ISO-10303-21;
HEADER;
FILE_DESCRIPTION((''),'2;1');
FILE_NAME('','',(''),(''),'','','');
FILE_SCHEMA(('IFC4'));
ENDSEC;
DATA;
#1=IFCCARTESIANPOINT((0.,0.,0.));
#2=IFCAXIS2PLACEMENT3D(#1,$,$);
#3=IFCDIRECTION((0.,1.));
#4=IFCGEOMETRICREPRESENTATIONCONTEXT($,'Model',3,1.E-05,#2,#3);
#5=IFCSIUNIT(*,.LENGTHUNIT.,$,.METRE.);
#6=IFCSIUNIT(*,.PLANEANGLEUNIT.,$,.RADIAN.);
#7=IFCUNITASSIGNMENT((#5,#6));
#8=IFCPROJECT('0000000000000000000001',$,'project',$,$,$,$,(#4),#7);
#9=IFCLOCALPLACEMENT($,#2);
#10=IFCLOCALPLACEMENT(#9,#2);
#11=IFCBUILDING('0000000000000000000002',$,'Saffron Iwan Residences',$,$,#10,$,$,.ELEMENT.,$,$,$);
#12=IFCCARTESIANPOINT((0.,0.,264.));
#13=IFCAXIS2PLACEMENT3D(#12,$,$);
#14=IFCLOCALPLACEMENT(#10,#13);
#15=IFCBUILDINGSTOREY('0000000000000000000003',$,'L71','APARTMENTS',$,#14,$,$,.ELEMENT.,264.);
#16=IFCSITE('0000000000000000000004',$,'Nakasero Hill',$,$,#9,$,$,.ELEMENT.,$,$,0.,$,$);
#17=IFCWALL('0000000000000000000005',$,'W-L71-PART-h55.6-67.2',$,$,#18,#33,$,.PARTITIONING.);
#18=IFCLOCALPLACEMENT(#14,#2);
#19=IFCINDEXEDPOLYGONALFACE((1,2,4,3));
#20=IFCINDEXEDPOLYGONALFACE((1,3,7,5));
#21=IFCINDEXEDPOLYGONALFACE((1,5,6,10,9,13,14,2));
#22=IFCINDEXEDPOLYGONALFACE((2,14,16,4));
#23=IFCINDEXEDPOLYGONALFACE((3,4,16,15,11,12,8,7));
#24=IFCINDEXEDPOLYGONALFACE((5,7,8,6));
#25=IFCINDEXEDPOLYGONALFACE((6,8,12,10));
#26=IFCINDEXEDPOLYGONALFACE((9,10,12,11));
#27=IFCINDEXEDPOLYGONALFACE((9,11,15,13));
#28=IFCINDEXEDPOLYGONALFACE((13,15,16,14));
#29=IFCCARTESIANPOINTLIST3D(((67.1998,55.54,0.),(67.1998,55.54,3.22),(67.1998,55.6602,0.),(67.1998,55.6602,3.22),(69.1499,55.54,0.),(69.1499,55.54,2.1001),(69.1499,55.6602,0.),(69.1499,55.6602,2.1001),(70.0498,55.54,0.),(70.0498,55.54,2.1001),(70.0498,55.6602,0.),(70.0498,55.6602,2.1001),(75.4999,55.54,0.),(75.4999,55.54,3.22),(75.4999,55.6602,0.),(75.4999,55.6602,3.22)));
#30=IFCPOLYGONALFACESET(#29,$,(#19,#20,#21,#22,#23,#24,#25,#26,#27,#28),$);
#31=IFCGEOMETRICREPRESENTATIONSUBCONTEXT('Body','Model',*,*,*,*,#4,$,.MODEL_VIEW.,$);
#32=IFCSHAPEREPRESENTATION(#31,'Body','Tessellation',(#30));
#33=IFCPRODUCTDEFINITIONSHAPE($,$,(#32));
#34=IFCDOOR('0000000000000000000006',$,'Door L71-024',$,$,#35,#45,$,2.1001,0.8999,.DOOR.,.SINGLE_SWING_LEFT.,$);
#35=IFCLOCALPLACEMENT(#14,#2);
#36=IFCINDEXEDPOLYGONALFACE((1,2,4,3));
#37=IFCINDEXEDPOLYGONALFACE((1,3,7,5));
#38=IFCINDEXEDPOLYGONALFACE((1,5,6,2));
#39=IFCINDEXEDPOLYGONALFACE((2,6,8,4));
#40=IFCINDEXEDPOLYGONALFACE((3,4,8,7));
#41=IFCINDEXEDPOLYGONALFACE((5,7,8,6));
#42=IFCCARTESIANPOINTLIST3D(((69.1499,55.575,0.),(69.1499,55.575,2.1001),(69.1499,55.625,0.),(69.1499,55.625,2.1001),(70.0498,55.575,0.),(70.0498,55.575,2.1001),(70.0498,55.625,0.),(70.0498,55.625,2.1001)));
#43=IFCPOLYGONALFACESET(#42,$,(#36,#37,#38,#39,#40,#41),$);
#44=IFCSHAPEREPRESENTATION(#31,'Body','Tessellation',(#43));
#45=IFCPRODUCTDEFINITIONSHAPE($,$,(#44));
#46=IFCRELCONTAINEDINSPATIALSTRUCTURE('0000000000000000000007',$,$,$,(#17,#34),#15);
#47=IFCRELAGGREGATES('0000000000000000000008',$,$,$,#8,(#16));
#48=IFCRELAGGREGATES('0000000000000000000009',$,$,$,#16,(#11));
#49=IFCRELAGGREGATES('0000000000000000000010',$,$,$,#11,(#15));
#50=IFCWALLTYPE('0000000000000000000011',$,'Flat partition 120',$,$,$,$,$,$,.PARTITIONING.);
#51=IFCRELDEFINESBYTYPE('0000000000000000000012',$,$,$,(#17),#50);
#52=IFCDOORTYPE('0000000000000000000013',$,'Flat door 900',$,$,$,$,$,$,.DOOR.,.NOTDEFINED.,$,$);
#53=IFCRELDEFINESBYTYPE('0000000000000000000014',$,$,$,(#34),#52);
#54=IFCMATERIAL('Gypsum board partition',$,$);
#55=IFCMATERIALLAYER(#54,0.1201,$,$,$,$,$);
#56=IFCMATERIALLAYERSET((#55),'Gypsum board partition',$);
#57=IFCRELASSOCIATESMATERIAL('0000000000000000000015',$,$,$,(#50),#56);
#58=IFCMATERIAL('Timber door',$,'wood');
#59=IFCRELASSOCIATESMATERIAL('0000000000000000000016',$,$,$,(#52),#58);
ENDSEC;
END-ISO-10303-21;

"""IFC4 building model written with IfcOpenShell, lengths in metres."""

from ifc_helpers import new_model, si_unit, direction, frame, frame_2d, origin, place, context, subcontext, project, spatial, rectangle, extrude, material, layer, layer_set, type_object, element, fill, save


model = new_model("IFC4")

# Units and contexts
model_context = context("Model", 3, precision=1e-05, world=origin(), true_north=direction((0.0, 1.0)))
body_context = subcontext(model_context, "Body", "Model", "MODEL_VIEW")
ifc_project = project(units=[si_unit("LENGTHUNIT", "METRE"), si_unit("PLANEANGLEUNIT", "RADIAN")], contexts=[model_context])

# Site, building, storey
site_placement = place(None, origin())
site = spatial("IfcSite", under=ifc_project, at=site_placement, Name="Nakasero Hill", CompositionType="ELEMENT", RefElevation=0.0)
building_placement = place(site_placement, origin())
building = spatial("IfcBuilding", under=site, at=building_placement, Name="Saffron Iwan Residences", CompositionType="ELEMENT")
storey_placement = place(building_placement, frame((0.0, 0.0, 264.0)))
storey = spatial("IfcBuildingStorey", under=building, at=storey_placement, Name="L71", Description="APARTMENTS", CompositionType="ELEMENT", Elevation=264.0)

# Shared definitions
ifc_material_1 = material(Name="Gypsum board partition")
ifc_layer_1 = layer(ifc_material_1, 0.1201)
ifc_layer_set_1 = layer_set([ifc_layer_1], Name="Gypsum board partition")
wall_type_1 = type_object("IfcWallType", Name="Flat partition 120", PredefinedType="PARTITIONING", material=ifc_layer_set_1)
ifc_material_2 = material(Name="Timber door", Category="wood")
door_type = type_object("IfcDoorType", Name="Flat door 900", OperationType="NOTDEFINED", PredefinedType="DOOR", material=ifc_material_2)

# Wall, opening, door
wall_1_placement = place(storey_placement, frame((67.2, 55.6001, 0.0), z_axis=(0.0, 0.0, 1.0), x_axis=(1.0, 0.0, 0.0)))
wall_1 = element("IfcWall", 1, at=wall_1_placement, inside=storey, type_object=wall_type_1, Name="W-L71-PART-h55.6-67.2", PredefinedType="PARTITIONING", context=body_context, shape_type="SweptSolid", body=[
    extrude(rectangle(XDim=8.3, YDim=0.1201, at=frame_2d((4.1499, 0.0))), origin(), (0.0, 0.0, 1.0), 3.22),
])
opening_1_placement = place(wall_1_placement, frame((1.95, 0.0, 0.0)))
opening_1 = element("IfcOpeningElement", 2, at=opening_1_placement, cuts=wall_1, PredefinedType="OPENING", context=body_context, shape_type="SweptSolid", body=[
    extrude(rectangle(XDim=0.8999, YDim=2.1001, at=frame_2d((0.45, 1.05))), frame((0.0, 0.0701, 0.0), z_axis=(0.0, -1.0, 0.0), x_axis=(1.0, 0.0, 0.0)), (0.0, 0.0, 1.0), 0.1401),
])
door_1_placement = place(opening_1_placement, origin())
door_1 = element("IfcDoor", 3, at=door_1_placement, inside=storey, type_object=door_type, Name="Door L71-024", OperationType="SINGLE_SWING_LEFT", OverallHeight=2.1001, OverallWidth=0.8999, PredefinedType="DOOR", context=body_context, shape_type="SweptSolid", body=[
    extrude(rectangle(XDim=0.8999, YDim=2.1001, at=frame_2d((0.45, 1.05))), frame((0.0, 0.0249, 0.0), z_axis=(0.0, -1.0, 0.0), x_axis=(1.0, 0.0, 0.0)), (0.0, 0.0, 1.0), 0.05),
])
fill(opening_1, door_1)

save(model, "model.ifc")
